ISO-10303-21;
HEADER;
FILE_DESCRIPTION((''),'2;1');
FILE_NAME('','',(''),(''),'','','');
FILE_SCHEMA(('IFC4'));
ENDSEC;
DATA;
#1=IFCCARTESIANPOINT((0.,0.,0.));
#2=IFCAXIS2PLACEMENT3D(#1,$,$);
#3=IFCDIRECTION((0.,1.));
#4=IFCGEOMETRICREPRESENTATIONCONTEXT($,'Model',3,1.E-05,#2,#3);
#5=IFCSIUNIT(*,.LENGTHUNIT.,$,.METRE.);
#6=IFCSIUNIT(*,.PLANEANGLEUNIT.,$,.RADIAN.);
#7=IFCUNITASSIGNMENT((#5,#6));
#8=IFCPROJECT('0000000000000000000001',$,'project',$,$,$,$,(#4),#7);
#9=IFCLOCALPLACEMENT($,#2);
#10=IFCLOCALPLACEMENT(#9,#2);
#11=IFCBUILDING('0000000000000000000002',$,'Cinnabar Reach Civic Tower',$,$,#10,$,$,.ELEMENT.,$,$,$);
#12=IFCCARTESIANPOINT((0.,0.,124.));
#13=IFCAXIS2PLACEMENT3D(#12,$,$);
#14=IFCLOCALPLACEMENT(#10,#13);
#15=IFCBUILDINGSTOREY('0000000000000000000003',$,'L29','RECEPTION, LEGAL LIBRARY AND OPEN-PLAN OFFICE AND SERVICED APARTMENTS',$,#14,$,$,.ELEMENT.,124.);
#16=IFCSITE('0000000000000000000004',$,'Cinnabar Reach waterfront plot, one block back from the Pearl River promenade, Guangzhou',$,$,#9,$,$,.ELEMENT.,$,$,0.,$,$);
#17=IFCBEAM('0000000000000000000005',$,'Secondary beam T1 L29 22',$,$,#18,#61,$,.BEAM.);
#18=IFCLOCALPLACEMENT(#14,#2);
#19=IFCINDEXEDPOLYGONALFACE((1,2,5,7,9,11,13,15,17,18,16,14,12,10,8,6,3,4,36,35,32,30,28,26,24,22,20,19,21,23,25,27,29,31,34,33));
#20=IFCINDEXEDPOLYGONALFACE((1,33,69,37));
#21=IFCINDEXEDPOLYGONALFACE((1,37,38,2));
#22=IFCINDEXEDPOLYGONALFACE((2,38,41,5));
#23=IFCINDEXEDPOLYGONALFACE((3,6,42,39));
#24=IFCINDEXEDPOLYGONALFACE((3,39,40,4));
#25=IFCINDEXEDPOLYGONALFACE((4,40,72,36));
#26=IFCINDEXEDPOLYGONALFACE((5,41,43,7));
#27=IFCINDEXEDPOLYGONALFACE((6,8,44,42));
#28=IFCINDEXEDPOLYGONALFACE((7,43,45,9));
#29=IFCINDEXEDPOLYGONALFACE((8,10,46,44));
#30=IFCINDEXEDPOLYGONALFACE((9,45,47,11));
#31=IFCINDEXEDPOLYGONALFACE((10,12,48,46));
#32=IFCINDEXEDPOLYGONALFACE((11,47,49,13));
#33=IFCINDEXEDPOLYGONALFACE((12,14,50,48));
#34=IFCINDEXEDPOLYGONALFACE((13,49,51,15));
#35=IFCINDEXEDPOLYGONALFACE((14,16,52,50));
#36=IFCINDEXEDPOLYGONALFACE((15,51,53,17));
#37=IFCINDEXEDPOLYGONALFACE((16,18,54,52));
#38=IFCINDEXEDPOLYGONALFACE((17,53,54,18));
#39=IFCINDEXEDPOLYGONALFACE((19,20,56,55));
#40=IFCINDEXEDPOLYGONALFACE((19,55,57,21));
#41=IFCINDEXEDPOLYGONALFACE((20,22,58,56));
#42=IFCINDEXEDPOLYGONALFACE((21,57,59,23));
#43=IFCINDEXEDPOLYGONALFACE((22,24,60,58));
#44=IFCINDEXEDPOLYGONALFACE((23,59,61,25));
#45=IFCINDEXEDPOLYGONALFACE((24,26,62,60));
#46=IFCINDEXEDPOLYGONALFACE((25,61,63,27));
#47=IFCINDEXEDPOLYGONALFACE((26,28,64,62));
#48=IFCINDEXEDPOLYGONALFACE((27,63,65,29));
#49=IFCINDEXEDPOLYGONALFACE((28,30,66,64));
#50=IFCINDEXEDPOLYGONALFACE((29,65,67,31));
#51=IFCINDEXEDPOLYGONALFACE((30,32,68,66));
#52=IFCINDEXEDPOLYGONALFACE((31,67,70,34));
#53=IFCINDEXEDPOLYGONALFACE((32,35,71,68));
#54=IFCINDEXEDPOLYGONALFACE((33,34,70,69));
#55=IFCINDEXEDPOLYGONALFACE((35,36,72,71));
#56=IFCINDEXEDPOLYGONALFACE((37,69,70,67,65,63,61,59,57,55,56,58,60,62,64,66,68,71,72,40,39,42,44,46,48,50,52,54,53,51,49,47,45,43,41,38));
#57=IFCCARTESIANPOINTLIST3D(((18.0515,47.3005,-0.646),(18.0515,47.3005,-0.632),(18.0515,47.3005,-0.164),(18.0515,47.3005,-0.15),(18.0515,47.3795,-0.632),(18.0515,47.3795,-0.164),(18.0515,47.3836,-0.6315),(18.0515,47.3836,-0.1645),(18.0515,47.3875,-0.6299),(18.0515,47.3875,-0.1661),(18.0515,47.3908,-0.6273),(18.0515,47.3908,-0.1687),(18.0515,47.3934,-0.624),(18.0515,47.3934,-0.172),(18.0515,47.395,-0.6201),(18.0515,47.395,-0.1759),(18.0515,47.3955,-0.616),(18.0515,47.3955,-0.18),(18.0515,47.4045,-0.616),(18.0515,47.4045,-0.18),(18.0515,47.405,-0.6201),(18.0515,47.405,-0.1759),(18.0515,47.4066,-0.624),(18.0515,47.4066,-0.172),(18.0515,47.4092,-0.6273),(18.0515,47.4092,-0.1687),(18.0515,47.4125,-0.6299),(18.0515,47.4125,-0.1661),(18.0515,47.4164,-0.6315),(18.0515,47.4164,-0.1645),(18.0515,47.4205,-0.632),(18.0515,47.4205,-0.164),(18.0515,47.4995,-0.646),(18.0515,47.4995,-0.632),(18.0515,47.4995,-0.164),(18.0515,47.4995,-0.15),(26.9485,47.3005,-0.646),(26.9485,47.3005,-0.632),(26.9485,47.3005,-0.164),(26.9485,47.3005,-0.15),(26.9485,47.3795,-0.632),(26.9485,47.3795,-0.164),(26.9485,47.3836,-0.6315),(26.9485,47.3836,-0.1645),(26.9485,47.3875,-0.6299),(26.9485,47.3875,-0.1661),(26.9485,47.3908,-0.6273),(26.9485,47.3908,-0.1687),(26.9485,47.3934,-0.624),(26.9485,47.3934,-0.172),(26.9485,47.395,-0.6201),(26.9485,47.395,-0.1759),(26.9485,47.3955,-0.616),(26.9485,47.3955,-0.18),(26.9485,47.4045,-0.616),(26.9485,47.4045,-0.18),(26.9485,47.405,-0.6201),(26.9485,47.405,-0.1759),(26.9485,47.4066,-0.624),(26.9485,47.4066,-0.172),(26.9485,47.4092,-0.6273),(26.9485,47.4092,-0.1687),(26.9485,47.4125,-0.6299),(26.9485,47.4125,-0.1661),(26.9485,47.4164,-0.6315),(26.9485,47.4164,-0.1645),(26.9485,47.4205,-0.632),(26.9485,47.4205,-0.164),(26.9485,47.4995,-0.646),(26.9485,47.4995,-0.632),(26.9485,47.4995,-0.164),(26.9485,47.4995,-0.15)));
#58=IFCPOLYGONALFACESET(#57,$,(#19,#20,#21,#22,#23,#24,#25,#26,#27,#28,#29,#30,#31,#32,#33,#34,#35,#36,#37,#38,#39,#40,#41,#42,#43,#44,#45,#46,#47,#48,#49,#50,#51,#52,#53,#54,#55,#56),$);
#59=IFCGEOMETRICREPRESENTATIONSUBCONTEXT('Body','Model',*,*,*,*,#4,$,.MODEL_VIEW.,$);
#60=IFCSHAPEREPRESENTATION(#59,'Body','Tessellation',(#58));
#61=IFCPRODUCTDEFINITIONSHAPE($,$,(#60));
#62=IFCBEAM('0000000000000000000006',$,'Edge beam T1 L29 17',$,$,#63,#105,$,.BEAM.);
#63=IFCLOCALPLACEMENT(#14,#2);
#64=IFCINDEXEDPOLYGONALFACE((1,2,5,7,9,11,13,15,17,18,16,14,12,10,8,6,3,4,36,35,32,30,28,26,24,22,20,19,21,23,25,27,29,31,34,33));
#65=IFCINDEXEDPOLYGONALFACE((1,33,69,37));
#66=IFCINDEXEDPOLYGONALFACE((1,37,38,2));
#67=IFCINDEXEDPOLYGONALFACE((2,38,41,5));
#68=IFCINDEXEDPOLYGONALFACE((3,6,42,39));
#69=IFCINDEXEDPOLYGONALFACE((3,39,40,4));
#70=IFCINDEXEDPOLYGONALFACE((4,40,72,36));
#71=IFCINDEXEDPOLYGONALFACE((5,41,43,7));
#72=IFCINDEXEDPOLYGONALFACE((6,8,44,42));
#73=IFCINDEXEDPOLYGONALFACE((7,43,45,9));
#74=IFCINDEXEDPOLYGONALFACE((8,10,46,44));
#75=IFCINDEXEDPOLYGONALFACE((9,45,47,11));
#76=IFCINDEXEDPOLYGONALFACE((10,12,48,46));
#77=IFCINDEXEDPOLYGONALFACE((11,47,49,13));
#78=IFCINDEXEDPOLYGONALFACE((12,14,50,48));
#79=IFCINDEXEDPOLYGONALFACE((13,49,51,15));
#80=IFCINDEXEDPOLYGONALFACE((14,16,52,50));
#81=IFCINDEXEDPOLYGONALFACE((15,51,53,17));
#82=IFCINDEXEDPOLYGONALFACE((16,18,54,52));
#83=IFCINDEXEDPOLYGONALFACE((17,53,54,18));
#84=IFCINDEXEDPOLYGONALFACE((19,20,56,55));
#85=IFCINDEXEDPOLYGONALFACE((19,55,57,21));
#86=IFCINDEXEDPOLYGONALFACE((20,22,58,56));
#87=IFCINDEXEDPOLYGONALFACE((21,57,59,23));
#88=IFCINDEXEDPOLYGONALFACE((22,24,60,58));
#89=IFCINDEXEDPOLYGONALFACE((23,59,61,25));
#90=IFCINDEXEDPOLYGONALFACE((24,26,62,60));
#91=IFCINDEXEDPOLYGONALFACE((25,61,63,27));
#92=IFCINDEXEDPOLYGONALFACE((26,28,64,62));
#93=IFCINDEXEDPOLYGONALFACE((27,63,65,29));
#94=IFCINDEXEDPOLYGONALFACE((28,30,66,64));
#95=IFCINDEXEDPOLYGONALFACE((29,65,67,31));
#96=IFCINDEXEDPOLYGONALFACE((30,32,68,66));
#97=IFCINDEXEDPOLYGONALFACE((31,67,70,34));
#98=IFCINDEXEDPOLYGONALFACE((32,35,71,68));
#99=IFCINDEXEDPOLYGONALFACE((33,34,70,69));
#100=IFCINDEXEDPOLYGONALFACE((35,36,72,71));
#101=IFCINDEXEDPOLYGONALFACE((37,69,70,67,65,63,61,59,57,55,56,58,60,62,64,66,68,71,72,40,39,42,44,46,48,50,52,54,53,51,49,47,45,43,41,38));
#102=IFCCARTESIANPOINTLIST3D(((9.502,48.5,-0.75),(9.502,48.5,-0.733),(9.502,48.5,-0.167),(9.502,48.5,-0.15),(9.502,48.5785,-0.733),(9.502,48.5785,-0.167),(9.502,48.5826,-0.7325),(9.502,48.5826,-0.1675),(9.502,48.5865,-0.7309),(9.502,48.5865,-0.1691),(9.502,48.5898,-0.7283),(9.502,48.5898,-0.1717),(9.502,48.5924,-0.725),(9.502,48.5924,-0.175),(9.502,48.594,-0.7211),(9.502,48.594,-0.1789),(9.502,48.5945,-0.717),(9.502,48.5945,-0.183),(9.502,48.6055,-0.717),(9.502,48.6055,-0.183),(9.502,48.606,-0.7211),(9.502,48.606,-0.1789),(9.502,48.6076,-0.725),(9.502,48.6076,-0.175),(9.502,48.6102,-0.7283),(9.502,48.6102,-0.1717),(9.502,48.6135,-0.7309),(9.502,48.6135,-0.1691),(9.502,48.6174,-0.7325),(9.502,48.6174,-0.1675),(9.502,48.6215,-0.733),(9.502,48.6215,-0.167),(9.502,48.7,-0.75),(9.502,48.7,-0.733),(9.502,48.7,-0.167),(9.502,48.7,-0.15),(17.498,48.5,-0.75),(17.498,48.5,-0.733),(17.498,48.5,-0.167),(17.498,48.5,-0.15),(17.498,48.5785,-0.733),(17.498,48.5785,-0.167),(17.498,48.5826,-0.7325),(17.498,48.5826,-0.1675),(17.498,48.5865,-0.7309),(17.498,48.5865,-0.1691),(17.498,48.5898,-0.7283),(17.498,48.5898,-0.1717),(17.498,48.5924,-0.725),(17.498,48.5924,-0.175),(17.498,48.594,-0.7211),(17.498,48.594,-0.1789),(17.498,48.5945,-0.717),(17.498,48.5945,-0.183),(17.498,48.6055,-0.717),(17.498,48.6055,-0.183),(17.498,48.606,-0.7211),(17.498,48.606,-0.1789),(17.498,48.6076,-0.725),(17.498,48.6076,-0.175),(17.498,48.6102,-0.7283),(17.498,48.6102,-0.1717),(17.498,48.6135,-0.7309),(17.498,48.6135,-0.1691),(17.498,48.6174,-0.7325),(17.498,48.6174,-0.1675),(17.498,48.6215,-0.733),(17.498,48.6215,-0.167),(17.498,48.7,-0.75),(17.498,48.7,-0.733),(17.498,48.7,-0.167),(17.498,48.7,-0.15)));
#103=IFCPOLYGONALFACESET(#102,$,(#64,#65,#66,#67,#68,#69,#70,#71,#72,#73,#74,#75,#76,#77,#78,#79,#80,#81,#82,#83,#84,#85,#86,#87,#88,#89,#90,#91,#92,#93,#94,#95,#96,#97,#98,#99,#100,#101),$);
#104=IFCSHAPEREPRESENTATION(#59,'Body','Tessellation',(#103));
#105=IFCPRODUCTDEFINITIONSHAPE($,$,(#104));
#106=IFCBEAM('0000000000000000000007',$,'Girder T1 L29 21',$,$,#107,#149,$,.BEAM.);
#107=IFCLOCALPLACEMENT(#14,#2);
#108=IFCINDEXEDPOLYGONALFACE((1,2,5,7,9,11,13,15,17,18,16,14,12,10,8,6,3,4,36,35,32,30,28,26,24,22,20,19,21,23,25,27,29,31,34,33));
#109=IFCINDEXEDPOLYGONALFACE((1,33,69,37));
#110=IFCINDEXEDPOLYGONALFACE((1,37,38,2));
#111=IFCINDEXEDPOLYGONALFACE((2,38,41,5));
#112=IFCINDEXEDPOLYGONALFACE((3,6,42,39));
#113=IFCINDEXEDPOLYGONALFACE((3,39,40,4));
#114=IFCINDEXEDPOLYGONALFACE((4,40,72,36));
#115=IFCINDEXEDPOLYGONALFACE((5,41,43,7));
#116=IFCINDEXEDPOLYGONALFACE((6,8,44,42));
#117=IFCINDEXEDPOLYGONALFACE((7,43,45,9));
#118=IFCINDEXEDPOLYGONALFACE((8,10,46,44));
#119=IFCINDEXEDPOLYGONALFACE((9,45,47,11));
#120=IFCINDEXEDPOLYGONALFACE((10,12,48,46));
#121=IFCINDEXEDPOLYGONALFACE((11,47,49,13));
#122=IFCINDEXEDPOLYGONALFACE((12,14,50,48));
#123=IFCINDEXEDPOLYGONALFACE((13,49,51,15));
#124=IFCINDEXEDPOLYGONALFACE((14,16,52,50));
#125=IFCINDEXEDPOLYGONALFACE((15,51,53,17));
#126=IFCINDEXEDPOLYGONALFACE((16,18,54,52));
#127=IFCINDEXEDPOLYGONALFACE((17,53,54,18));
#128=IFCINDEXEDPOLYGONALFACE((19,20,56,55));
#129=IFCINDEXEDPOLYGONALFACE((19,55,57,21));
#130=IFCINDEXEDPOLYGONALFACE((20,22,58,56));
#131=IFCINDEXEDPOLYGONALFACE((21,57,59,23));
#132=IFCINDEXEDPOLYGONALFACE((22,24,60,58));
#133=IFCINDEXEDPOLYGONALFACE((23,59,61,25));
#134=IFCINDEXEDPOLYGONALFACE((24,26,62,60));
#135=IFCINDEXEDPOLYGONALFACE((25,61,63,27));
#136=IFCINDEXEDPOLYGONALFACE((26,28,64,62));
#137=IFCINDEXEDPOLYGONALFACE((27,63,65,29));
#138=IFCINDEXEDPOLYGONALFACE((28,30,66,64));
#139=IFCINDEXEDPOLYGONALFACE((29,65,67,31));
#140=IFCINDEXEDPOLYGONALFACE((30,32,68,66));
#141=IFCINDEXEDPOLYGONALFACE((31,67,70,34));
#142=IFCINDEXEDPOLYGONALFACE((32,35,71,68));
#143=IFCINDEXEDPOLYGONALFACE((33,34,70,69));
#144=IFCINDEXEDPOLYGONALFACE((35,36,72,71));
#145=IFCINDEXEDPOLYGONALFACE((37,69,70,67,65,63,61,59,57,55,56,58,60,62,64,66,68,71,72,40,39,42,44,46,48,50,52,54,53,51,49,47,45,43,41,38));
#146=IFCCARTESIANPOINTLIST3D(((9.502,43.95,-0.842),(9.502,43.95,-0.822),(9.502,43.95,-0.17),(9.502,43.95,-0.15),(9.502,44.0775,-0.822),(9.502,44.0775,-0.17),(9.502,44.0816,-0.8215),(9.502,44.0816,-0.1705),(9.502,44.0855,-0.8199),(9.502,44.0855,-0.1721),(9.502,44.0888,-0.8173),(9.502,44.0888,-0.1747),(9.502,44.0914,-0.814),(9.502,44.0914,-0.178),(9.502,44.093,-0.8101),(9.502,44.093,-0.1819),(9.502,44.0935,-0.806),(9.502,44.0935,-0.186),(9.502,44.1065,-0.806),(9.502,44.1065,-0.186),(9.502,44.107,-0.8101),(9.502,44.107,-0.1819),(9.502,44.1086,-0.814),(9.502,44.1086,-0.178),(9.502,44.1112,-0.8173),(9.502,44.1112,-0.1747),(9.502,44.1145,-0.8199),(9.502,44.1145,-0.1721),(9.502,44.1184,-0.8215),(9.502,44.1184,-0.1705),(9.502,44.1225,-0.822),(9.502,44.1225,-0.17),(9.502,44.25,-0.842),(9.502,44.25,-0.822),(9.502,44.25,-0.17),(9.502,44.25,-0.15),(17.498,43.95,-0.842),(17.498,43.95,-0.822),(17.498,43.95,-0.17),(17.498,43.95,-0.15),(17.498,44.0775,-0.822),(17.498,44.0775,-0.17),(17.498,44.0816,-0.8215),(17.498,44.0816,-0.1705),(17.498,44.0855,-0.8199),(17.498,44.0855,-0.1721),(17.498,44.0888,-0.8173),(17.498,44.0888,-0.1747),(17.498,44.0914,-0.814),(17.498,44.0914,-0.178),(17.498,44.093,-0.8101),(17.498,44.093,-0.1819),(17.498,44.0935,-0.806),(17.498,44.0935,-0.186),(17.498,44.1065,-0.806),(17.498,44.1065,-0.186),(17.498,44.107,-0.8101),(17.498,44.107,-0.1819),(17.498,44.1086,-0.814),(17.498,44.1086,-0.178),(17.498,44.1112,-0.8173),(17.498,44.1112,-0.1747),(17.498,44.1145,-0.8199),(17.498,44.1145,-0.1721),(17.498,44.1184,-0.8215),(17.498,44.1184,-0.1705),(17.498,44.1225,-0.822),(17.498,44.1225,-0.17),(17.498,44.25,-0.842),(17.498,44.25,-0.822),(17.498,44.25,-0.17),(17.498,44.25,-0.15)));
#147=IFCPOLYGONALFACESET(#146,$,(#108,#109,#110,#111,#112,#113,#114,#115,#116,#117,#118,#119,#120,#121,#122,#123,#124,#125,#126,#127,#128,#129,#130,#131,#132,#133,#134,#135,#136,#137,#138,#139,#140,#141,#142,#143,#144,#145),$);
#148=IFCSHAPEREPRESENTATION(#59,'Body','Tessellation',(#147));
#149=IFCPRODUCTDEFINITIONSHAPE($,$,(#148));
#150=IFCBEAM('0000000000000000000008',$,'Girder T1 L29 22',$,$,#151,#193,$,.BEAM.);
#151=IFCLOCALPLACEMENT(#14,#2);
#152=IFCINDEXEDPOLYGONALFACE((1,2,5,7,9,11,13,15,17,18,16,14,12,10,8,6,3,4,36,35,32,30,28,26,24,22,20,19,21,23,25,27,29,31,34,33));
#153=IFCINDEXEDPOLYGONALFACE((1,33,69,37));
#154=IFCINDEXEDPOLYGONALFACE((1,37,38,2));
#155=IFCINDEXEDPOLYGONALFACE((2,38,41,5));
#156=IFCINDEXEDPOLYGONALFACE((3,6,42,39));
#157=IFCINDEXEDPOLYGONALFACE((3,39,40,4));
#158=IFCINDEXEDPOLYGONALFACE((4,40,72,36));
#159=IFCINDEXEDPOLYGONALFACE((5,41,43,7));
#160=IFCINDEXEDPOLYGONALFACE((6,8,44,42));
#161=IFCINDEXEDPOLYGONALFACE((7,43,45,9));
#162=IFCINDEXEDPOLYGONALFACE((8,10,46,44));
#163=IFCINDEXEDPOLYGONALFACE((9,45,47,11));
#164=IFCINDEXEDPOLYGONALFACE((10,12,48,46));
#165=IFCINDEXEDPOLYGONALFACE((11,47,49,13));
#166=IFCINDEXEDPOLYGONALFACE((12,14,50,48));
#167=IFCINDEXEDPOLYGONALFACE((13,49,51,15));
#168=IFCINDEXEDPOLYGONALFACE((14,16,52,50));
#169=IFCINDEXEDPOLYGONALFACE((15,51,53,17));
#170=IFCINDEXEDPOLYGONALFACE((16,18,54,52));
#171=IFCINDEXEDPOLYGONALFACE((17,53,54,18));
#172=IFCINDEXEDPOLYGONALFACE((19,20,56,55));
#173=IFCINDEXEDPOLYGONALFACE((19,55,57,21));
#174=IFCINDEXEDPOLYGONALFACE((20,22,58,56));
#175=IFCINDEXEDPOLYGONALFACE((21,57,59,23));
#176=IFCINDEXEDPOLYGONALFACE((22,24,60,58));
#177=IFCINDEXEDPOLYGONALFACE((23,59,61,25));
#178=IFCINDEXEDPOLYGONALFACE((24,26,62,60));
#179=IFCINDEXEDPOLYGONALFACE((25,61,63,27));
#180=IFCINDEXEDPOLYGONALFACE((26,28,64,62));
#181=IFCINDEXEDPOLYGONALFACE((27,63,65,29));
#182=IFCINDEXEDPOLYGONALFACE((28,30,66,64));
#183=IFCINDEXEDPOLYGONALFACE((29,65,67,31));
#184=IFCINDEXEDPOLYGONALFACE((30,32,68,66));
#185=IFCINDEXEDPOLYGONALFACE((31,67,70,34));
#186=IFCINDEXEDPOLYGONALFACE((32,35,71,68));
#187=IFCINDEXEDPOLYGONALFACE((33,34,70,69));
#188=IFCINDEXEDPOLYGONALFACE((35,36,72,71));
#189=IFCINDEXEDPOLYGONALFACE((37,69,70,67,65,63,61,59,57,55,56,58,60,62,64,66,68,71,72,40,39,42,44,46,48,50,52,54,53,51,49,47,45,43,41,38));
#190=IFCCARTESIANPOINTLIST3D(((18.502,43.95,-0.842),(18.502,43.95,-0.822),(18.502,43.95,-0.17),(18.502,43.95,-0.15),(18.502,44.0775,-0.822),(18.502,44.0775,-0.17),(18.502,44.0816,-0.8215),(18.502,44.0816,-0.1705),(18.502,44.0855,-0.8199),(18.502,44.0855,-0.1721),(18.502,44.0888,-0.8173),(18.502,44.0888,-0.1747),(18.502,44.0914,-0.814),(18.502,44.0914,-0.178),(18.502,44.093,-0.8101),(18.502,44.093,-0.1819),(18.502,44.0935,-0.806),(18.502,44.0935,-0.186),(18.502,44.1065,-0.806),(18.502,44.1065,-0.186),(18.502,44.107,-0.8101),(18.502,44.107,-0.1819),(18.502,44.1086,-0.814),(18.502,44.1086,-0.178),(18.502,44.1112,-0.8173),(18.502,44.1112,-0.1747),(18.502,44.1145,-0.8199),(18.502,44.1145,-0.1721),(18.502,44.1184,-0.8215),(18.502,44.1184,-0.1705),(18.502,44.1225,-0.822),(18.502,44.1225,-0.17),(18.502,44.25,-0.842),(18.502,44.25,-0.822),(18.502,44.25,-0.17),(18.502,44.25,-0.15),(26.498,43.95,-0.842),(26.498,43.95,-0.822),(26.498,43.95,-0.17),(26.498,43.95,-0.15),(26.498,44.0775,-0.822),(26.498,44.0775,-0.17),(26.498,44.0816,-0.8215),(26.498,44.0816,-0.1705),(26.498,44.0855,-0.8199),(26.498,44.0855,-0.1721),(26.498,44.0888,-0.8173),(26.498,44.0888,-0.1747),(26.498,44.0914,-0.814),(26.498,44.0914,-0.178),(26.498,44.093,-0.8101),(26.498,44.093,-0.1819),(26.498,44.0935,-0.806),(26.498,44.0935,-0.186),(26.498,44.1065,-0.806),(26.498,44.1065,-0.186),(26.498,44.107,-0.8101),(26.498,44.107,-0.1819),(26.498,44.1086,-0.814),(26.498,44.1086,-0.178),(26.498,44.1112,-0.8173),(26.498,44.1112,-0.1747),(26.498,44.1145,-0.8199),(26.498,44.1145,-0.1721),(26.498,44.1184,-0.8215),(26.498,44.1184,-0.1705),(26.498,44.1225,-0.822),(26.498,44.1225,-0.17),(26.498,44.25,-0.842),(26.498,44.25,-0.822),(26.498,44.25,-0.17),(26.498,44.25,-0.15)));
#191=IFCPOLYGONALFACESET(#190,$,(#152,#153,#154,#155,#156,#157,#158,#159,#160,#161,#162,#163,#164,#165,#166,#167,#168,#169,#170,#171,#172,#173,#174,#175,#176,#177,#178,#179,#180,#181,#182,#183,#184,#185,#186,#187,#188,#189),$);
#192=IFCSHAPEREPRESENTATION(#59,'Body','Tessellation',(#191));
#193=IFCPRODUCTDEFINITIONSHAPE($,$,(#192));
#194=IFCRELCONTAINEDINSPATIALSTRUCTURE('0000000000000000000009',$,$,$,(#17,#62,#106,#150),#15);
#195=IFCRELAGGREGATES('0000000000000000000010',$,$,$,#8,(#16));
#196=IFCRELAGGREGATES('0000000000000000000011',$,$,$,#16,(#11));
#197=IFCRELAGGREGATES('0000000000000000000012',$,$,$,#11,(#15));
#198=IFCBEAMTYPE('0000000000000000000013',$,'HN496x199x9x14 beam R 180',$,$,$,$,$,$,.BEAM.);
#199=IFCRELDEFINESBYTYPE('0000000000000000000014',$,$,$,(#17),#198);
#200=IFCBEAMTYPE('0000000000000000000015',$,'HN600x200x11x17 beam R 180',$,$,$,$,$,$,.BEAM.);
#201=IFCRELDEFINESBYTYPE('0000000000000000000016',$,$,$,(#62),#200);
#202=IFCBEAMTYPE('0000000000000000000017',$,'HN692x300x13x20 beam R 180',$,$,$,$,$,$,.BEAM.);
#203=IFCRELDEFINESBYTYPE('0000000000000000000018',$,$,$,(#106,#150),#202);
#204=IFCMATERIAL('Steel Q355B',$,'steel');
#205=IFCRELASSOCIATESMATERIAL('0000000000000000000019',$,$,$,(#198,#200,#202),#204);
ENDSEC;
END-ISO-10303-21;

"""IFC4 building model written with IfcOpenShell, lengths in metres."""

from ifc_helpers import new_model, si_unit, direction, frame, origin, origin_2d, place, context, subcontext, project, spatial, i_section, extrude, material, material_profile, profile_set, type_object, element, save


model = new_model("IFC4")

# Units and contexts
model_context = context("Model", 3, precision=1e-05, world=origin(), true_north=direction((0.0, 1.0)))
body_context = subcontext(model_context, "Body", "Model", "MODEL_VIEW")
ifc_project = project(units=[si_unit("LENGTHUNIT", "METRE"), si_unit("PLANEANGLEUNIT", "RADIAN")], contexts=[model_context])

# Site, building, storey
site_placement = place(None, origin())
site = spatial("IfcSite", under=ifc_project, at=site_placement, Name="Cinnabar Reach waterfront plot, one block back from the Pearl River promenade, Guangzhou", CompositionType="ELEMENT", RefElevation=0.0)
building_placement = place(site_placement, origin())
building = spatial("IfcBuilding", under=site, at=building_placement, Name="Cinnabar Reach Civic Tower", CompositionType="ELEMENT")
storey_placement = place(building_placement, frame((0.0, 0.0, 124.0)))
storey = spatial("IfcBuildingStorey", under=building, at=storey_placement, Name="L29", Description="RECEPTION, LEGAL LIBRARY AND OPEN-PLAN OFFICE AND SERVICED APARTMENTS", CompositionType="ELEMENT", Elevation=124.0)

# Beams
ifc_material_1 = material(Name="Steel Q355B", Category="steel")
ifc_material_profile_1 = material_profile(ifc_material_1, i_section(OverallWidth=0.199, OverallDepth=0.496, WebThickness=0.009, FlangeThickness=0.014, FilletRadius=0.016, at=origin_2d()), Name="HN496x199x9x14")
ifc_profile_set_1 = profile_set([ifc_material_profile_1], Name="Steel Q355B")
beam_type_1 = type_object("IfcBeamType", Name="HN496x199x9x14 beam R 180", PredefinedType="BEAM", material=ifc_profile_set_1)
for number, where, z_axis, x_axis, name in (
    (1, (18.0515, 47.4, -0.398), (1.0, 0.0, 0.0), (0.0, 1.0, 0.0), "Secondary beam T1 L29 22"),
):
    element("IfcBeam", number, at=place(storey_placement, frame(where, z_axis=z_axis, x_axis=x_axis)), inside=storey, type_object=beam_type_1, Name=name, PredefinedType="BEAM", context=body_context, shape_type="SweptSolid", body=[
        extrude(i_section(OverallWidth=0.199, OverallDepth=0.496, WebThickness=0.009, FlangeThickness=0.014, FilletRadius=0.016, at=origin_2d()), origin(), (0.0, 0.0, 1.0), 8.897),
    ])
ifc_material_profile_2 = material_profile(ifc_material_1, i_section(OverallWidth=0.2, OverallDepth=0.6, WebThickness=0.011, FlangeThickness=0.017, FilletRadius=0.016, at=origin_2d()), Name="HN600x200x11x17")
ifc_profile_set_2 = profile_set([ifc_material_profile_2], Name="Steel Q355B")
beam_type_2 = type_object("IfcBeamType", Name="HN600x200x11x17 beam R 180", PredefinedType="BEAM", material=ifc_profile_set_2)
beam_placement = place(storey_placement, frame((17.498, 48.6, -0.45), z_axis=(-1.0, 0.0, 0.0), x_axis=(0.0, -1.0, 0.0)))
element("IfcBeam", 2, at=beam_placement, inside=storey, type_object=beam_type_2, Name="Edge beam T1 L29 17", PredefinedType="BEAM", context=body_context, shape_type="SweptSolid", body=[
    extrude(i_section(OverallWidth=0.2, OverallDepth=0.6, WebThickness=0.011, FlangeThickness=0.017, FilletRadius=0.016, at=origin_2d()), origin(), (0.0, 0.0, 1.0), 7.996),
])
ifc_material_profile_3 = material_profile(ifc_material_1, i_section(OverallWidth=0.3, OverallDepth=0.692, WebThickness=0.013, FlangeThickness=0.02, FilletRadius=0.016, at=origin_2d()), Name="HN692x300x13x20")
ifc_profile_set_3 = profile_set([ifc_material_profile_3], Name="Steel Q355B")
beam_type_3 = type_object("IfcBeamType", Name="HN692x300x13x20 beam R 180", PredefinedType="BEAM", material=ifc_profile_set_3)
for number, where, z_axis, x_axis, name in (
    (3, (9.502, 44.1, -0.496), (1.0, 0.0, 0.0), (0.0, 1.0, 0.0), "Girder T1 L29 21"),
    (4, (18.502, 44.1, -0.496), (1.0, 0.0, 0.0), (0.0, 1.0, 0.0), "Girder T1 L29 22"),
):
    element("IfcBeam", number, at=place(storey_placement, frame(where, z_axis=z_axis, x_axis=x_axis)), inside=storey, type_object=beam_type_3, Name=name, PredefinedType="BEAM", context=body_context, shape_type="SweptSolid", body=[
        extrude(i_section(OverallWidth=0.3, OverallDepth=0.692, WebThickness=0.013, FlangeThickness=0.02, FilletRadius=0.016, at=origin_2d()), origin(), (0.0, 0.0, 1.0), 7.996),
    ])

save(model, "model.ifc")
